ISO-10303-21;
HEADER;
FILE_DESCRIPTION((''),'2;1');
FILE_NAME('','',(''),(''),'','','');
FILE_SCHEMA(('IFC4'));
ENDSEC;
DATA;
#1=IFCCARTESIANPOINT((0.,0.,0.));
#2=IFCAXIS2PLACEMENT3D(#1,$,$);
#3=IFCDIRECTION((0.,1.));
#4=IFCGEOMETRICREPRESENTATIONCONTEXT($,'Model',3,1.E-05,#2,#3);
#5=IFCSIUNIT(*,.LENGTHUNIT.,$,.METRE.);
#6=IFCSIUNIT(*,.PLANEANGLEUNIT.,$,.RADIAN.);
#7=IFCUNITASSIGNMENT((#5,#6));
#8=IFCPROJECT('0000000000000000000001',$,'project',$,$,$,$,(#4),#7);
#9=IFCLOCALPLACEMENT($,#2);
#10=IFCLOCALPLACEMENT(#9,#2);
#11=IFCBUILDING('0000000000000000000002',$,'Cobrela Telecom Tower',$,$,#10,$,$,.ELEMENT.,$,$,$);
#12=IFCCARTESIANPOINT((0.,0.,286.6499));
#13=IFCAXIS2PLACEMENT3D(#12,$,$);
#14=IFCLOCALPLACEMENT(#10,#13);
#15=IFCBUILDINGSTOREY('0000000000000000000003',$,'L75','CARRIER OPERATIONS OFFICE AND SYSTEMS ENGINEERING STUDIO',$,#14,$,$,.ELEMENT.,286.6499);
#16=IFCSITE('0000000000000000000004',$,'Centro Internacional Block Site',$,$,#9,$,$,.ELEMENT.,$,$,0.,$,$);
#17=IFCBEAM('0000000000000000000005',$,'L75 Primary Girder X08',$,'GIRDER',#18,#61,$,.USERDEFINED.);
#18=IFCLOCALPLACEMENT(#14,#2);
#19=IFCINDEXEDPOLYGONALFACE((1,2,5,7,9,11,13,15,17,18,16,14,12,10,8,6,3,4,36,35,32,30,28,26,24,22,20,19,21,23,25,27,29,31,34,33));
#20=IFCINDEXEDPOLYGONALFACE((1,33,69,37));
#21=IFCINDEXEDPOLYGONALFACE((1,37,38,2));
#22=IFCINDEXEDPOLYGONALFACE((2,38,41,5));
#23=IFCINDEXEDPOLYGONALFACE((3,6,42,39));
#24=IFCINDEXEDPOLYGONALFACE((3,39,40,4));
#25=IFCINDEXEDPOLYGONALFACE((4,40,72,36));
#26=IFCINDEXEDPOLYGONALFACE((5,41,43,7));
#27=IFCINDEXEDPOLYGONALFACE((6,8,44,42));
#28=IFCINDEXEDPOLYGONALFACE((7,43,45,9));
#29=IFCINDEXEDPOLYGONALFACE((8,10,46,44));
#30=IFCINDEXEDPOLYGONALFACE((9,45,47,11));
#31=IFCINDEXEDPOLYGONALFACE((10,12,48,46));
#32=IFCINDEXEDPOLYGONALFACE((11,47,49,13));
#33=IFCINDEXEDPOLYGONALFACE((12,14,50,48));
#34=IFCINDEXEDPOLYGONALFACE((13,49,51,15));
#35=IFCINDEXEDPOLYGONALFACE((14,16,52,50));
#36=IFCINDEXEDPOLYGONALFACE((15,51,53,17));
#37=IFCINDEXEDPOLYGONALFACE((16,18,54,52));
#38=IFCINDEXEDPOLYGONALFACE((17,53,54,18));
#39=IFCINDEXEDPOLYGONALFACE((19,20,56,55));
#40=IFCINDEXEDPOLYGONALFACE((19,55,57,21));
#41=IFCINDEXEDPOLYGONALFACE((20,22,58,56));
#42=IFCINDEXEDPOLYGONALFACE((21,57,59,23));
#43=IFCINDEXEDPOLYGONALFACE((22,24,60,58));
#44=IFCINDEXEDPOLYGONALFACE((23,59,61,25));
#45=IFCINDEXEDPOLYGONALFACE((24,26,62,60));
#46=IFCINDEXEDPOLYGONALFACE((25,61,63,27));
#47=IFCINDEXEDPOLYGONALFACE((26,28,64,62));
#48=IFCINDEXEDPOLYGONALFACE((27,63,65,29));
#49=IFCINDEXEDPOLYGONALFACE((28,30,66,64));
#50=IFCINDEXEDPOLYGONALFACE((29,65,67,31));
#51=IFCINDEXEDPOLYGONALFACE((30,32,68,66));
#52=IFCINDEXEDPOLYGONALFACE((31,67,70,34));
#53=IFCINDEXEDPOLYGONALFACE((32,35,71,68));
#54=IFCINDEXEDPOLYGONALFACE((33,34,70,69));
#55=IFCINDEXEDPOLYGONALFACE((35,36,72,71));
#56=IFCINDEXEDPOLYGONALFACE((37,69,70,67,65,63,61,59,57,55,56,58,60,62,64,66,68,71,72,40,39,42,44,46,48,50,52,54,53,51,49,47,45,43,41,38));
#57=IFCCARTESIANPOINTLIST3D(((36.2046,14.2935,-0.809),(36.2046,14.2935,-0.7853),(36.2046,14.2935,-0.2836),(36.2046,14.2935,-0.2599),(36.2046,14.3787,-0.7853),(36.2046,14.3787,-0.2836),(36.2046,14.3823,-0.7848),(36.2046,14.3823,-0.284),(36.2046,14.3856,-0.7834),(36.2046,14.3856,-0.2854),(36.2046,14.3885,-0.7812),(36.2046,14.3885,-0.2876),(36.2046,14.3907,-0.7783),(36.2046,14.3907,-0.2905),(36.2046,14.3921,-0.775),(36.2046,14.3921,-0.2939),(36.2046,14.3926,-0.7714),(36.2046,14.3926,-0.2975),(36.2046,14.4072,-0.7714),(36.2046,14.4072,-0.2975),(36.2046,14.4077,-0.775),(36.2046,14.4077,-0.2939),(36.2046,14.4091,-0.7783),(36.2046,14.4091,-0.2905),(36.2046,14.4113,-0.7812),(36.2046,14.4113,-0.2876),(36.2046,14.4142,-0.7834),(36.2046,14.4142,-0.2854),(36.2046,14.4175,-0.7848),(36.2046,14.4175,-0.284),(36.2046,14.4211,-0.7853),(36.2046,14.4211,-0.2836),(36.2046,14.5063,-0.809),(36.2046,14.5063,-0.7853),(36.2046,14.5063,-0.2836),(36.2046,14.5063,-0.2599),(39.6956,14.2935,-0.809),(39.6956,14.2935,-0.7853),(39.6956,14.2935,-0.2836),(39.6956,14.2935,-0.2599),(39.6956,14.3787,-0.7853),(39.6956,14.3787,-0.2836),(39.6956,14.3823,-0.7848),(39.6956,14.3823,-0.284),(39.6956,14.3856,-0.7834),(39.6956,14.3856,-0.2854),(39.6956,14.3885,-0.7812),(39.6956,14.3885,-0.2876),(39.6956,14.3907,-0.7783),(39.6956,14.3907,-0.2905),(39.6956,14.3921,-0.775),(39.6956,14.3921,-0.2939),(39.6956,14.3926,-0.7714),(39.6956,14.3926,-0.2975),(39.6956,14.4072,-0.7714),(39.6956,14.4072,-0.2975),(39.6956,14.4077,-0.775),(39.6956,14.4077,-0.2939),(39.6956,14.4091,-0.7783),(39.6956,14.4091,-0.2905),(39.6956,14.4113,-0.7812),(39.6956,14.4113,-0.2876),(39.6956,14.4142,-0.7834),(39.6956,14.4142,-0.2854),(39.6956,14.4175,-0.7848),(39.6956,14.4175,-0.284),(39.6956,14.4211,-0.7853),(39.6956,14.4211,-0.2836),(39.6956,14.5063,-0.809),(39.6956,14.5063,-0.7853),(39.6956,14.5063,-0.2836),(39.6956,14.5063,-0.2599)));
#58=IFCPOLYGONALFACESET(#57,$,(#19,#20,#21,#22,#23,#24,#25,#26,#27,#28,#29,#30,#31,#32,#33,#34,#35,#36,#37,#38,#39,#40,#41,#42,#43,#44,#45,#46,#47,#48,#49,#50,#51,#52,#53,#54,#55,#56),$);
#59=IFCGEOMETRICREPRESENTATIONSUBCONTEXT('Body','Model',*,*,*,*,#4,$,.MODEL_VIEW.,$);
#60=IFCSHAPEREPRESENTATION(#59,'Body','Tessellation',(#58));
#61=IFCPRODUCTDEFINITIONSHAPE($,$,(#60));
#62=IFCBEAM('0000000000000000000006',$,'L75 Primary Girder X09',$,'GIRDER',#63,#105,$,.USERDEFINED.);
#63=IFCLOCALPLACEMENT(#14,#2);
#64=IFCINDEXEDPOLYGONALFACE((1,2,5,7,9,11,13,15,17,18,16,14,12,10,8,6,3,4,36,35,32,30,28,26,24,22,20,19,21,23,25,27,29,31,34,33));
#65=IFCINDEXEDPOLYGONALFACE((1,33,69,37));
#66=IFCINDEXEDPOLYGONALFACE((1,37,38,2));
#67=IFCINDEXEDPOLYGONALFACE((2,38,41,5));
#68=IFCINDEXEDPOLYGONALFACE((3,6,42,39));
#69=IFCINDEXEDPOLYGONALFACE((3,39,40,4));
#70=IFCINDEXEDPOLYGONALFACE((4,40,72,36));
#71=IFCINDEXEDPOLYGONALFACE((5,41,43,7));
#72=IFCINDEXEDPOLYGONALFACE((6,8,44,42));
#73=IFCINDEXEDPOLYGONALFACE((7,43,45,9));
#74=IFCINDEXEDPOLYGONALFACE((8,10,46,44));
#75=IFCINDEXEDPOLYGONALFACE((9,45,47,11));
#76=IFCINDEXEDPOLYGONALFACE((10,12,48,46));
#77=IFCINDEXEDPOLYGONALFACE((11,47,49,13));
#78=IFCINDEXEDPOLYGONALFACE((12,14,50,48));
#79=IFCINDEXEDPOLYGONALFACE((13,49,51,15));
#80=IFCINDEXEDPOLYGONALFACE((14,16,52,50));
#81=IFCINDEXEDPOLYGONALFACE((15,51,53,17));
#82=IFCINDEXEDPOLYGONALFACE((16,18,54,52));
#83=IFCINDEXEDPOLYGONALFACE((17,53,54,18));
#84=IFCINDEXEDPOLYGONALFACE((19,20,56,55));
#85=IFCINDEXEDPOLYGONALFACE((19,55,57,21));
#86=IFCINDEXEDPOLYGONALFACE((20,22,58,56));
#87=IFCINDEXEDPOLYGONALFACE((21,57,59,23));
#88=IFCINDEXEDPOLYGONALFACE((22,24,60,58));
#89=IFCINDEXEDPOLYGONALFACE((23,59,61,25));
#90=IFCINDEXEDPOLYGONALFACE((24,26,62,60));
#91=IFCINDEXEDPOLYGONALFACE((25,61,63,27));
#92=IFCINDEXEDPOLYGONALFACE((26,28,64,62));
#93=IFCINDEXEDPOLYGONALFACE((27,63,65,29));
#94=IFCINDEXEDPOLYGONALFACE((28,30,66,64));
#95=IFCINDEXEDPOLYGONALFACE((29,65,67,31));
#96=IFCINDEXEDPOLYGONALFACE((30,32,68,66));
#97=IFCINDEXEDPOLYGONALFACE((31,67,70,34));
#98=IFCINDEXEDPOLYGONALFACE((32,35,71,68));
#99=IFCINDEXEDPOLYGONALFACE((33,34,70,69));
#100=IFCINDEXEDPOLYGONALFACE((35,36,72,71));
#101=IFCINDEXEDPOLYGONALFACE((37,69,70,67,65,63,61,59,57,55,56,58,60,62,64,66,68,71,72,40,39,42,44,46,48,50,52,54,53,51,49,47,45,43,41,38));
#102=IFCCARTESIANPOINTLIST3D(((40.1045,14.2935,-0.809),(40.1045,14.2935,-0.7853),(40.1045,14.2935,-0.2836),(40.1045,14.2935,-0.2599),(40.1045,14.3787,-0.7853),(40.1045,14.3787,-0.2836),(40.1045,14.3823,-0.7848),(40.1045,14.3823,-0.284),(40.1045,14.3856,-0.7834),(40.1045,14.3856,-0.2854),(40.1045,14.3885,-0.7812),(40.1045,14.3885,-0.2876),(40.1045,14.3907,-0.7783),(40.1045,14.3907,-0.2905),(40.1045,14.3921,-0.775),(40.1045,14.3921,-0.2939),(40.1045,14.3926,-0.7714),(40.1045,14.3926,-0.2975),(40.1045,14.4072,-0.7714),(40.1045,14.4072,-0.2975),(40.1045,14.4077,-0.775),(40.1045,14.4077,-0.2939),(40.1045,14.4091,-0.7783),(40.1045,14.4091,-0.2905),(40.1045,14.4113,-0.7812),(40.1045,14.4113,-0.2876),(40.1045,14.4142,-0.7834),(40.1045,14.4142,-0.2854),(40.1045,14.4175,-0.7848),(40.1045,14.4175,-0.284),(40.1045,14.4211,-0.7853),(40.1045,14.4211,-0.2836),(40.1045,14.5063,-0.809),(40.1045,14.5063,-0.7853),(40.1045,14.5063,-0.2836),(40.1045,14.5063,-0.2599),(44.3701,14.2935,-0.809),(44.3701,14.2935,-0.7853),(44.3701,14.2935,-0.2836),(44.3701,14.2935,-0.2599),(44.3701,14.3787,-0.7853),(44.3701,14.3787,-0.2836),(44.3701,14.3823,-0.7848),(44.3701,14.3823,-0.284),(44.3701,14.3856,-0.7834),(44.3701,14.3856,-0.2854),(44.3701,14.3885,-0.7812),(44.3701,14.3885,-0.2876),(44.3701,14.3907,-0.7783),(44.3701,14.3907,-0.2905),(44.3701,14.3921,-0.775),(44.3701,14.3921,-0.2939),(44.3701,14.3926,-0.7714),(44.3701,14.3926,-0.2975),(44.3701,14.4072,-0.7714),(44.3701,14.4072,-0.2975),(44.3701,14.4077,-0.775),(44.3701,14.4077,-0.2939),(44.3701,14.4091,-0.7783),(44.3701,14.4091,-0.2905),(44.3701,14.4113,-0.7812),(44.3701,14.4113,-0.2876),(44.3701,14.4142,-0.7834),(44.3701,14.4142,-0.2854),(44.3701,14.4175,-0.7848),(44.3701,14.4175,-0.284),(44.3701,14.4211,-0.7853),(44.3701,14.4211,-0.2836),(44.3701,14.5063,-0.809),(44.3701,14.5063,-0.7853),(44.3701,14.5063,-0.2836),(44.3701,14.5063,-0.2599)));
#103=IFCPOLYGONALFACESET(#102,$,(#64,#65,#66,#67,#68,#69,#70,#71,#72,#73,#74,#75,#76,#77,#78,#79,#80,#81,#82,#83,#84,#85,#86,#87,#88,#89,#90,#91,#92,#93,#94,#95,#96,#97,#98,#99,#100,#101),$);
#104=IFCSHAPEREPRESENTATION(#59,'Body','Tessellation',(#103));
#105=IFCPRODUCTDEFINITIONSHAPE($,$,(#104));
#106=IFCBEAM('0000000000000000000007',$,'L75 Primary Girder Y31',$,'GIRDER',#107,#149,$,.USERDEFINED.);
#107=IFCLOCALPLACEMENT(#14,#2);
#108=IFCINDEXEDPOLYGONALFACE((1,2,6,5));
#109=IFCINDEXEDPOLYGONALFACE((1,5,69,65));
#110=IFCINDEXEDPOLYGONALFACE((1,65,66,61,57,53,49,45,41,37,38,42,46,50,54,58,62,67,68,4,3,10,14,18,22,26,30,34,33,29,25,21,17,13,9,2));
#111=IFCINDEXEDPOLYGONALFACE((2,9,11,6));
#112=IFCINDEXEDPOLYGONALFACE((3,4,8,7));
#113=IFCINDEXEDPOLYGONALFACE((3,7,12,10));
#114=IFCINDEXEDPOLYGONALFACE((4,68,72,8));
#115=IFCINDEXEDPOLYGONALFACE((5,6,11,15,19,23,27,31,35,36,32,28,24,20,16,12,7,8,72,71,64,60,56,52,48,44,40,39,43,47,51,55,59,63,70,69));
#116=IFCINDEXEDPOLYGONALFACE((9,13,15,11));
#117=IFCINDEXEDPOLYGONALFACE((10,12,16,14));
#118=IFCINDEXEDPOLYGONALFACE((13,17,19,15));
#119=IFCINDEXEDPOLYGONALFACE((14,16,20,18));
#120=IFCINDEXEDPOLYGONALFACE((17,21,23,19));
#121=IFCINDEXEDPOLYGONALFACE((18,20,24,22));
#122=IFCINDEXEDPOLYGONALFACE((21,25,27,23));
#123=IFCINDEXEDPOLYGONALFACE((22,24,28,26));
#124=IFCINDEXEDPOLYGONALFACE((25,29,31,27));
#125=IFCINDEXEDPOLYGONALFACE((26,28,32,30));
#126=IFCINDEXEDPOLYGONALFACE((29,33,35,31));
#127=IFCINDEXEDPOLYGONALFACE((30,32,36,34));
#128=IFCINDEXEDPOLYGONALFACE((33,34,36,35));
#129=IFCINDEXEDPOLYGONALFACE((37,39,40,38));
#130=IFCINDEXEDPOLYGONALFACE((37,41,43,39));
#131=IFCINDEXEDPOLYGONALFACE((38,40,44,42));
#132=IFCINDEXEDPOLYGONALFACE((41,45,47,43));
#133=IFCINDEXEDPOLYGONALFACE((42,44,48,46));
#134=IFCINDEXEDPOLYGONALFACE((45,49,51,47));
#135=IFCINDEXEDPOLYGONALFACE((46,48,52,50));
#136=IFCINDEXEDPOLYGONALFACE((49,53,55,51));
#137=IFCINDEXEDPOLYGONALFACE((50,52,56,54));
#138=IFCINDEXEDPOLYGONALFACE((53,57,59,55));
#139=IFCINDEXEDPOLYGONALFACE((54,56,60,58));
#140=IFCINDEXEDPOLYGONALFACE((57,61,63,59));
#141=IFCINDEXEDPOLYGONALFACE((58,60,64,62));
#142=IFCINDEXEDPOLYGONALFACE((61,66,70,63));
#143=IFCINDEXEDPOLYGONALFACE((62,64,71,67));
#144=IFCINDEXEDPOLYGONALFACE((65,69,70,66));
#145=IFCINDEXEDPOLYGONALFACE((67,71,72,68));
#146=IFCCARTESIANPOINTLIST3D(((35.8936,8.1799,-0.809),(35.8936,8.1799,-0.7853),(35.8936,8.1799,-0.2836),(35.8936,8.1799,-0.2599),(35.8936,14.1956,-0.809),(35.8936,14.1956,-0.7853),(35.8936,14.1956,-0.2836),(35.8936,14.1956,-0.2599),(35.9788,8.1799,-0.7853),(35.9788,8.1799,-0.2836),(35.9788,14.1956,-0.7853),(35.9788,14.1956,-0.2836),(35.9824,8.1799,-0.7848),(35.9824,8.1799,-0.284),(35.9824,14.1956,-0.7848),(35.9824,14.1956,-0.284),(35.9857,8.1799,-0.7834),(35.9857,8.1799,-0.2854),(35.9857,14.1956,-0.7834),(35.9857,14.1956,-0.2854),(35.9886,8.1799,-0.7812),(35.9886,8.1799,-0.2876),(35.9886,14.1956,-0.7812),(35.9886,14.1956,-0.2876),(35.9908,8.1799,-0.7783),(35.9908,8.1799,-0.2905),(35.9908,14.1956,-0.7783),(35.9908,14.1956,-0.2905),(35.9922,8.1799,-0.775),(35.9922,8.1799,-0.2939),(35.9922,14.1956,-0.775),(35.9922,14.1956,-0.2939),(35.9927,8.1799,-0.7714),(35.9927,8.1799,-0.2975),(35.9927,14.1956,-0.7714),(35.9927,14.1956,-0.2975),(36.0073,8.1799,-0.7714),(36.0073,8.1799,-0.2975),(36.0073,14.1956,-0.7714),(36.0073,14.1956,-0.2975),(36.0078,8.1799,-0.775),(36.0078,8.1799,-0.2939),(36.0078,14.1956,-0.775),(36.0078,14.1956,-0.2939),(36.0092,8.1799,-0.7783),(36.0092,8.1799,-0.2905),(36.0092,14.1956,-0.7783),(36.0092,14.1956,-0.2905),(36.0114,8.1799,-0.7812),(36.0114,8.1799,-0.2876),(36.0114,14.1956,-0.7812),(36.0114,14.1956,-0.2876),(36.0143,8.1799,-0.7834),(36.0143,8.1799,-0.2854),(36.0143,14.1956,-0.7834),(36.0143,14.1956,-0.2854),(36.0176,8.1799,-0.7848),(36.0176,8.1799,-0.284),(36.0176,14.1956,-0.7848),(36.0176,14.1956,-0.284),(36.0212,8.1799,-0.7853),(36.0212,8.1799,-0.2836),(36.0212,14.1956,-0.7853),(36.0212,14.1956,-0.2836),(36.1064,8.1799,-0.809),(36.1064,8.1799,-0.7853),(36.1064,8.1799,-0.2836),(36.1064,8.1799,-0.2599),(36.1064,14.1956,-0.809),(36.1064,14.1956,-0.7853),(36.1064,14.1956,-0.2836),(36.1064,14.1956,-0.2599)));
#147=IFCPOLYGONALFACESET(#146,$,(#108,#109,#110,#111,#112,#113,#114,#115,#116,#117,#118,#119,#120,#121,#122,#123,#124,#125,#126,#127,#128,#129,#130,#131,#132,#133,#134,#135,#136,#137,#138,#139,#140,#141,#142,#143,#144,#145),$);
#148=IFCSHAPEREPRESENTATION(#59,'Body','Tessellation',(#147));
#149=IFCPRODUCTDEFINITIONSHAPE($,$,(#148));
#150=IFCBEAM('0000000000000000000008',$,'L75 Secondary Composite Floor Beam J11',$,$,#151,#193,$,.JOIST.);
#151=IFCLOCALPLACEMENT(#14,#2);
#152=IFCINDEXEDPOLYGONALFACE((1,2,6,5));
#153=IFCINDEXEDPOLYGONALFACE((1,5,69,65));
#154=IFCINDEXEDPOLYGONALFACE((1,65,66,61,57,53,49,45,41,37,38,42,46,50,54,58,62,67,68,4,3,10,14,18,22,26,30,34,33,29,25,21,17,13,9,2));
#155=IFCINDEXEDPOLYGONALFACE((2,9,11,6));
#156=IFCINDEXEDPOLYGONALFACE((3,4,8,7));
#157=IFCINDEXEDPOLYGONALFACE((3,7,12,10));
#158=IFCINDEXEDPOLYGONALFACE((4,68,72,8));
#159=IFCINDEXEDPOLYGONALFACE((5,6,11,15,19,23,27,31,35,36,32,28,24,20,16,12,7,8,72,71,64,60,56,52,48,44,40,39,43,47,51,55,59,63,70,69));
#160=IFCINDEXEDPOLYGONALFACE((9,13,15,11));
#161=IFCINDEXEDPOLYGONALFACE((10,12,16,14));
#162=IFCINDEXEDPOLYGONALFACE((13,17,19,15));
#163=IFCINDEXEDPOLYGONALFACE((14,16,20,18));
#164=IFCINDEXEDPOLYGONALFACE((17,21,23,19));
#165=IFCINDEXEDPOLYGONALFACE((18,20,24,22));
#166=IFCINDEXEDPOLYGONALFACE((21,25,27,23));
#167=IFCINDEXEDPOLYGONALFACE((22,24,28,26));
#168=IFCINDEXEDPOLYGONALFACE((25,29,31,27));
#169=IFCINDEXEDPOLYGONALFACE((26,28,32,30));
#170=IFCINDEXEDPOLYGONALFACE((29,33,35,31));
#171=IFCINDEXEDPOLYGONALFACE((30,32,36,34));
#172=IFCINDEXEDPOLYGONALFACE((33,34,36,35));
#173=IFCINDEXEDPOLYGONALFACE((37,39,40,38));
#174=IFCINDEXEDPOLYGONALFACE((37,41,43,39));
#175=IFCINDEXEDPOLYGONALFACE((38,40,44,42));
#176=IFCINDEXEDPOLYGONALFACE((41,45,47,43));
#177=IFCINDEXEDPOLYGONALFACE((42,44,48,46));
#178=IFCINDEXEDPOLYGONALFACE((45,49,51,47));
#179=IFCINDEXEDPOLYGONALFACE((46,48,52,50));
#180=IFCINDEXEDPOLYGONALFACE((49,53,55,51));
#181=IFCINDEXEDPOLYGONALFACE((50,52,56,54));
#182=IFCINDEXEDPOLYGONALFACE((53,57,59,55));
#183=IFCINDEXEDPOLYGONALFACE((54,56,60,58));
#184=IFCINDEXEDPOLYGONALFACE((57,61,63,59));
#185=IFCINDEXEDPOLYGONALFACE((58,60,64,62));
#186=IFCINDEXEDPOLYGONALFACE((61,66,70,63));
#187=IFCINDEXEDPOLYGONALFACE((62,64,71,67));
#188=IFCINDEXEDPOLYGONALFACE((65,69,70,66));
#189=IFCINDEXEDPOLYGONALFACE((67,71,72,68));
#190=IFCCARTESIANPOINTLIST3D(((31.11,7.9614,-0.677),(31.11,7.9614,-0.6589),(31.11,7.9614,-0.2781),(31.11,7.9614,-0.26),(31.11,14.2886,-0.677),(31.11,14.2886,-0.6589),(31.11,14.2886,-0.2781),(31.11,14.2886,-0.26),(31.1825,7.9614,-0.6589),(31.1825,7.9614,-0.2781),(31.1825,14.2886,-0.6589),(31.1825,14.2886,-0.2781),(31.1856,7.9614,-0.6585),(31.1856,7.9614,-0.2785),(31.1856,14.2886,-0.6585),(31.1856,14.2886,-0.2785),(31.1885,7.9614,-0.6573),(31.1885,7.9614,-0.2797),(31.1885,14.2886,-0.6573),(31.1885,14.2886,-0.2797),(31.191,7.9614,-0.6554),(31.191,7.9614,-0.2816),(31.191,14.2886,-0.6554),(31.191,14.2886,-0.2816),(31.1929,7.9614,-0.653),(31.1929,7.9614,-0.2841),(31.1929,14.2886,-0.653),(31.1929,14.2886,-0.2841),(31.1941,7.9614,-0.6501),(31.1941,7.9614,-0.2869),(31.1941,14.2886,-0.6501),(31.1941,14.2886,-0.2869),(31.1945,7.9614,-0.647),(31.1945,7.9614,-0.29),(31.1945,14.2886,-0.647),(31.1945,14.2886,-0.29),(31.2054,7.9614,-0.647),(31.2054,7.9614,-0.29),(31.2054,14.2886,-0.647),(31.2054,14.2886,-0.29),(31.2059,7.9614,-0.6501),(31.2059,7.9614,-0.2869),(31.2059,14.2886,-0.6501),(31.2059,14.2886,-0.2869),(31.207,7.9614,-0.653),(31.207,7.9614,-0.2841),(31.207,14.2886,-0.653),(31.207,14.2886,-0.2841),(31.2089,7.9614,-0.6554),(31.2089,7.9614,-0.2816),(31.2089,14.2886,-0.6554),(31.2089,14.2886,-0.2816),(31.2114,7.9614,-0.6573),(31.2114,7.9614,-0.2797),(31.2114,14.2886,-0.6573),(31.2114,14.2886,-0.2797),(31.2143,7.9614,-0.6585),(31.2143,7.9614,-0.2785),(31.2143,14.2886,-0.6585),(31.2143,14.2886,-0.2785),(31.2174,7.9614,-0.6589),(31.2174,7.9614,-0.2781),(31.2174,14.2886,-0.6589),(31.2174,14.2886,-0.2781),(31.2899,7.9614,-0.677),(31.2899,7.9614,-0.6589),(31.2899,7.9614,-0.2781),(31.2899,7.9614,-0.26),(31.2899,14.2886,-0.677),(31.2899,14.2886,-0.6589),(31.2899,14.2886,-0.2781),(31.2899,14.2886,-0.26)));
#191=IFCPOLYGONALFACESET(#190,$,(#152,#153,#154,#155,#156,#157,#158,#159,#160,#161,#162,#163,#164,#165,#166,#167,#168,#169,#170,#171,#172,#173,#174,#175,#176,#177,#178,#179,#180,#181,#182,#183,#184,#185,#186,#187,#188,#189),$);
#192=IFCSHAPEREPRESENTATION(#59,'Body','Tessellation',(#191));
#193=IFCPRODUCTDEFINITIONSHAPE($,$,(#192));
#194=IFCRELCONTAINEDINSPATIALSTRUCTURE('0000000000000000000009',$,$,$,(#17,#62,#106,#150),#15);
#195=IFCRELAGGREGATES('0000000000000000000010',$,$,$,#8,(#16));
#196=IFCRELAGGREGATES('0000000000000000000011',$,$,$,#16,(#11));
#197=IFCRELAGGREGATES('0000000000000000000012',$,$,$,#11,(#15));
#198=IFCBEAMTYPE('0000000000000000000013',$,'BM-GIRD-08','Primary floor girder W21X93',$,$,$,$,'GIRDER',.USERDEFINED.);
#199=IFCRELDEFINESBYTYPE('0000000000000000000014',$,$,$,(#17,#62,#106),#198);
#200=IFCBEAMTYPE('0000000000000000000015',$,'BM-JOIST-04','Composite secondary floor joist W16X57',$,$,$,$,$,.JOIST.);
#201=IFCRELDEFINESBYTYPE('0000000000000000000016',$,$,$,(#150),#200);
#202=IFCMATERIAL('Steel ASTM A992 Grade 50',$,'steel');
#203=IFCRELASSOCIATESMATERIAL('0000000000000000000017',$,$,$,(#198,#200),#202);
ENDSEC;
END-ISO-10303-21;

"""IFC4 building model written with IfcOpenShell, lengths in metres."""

from ifc_helpers import new_model, si_unit, direction, frame, origin, origin_2d, place, context, subcontext, project, spatial, i_section, extrude, material, material_profile, profile_set, type_object, element, save


model = new_model("IFC4")

# Units and contexts
model_context = context("Model", 3, precision=1e-05, world=origin(), true_north=direction((0.0, 1.0)))
body_context = subcontext(model_context, "Body", "Model", "MODEL_VIEW")
ifc_project = project(units=[si_unit("LENGTHUNIT", "METRE"), si_unit("PLANEANGLEUNIT", "RADIAN")], contexts=[model_context])

# Site, building, storey
site_placement = place(None, origin())
site = spatial("IfcSite", under=ifc_project, at=site_placement, Name="Centro Internacional Block Site", CompositionType="ELEMENT", RefElevation=0.0)
building_placement = place(site_placement, origin())
building = spatial("IfcBuilding", under=site, at=building_placement, Name="Cobrela Telecom Tower", CompositionType="ELEMENT")
storey_placement = place(building_placement, frame((0.0, 0.0, 286.6499)))
storey = spatial("IfcBuildingStorey", under=building, at=storey_placement, Name="L75", Description="CARRIER OPERATIONS OFFICE AND SYSTEMS ENGINEERING STUDIO", CompositionType="ELEMENT", Elevation=286.6499)

# Shared definitions
ifc_material_1 = material(Name="Steel ASTM A992 Grade 50", Category="steel")

# Beams
ifc_material_profile_1 = material_profile(ifc_material_1, i_section(OverallWidth=0.2129, OverallDepth=0.5491, WebThickness=0.0146, FlangeThickness=0.0237, FilletRadius=0.0139, at=origin_2d()), Name="W21X93")
ifc_profile_set_1 = profile_set([ifc_material_profile_1], Name="Steel ASTM A992 Grade 50")
beam_type_1 = type_object("IfcBeamType", Name="BM-GIRD-08", Description="Primary floor girder W21X93", ElementType="GIRDER", PredefinedType="USERDEFINED", material=ifc_profile_set_1)
beam_1_placement = place(storey_placement, frame((36.2046, 14.3999, -0.5344), z_axis=(1.0, 0.0, 0.0), x_axis=(0.0, 1.0, 0.0)))
element("IfcBeam", 1, at=beam_1_placement, inside=storey, type_object=beam_type_1, Name="L75 Primary Girder X08", ObjectType="GIRDER", PredefinedType="USERDEFINED", context=body_context, shape_type="SweptSolid", body=[
    extrude(i_section(OverallWidth=0.2129, OverallDepth=0.5491, WebThickness=0.0146, FlangeThickness=0.0237, FilletRadius=0.0139, at=origin_2d()), origin(), (0.0, 0.0, 1.0), 3.491),
])
beam_2_placement = place(storey_placement, frame((40.1045, 14.3999, -0.5344), z_axis=(1.0, 0.0, 0.0), x_axis=(0.0, 1.0, 0.0)))
element("IfcBeam", 2, at=beam_2_placement, inside=storey, type_object=beam_type_1, Name="L75 Primary Girder X09", ObjectType="GIRDER", PredefinedType="USERDEFINED", context=body_context, shape_type="SweptSolid", body=[
    extrude(i_section(OverallWidth=0.2129, OverallDepth=0.5491, WebThickness=0.0146, FlangeThickness=0.0237, FilletRadius=0.0139, at=origin_2d()), origin(), (0.0, 0.0, 1.0), 4.2656),
])
beam_3_placement = place(storey_placement, frame((36.0, 8.1799, -0.5344), z_axis=(0.0, 1.0, 0.0), x_axis=(-1.0, 0.0, 0.0)))
element("IfcBeam", 3, at=beam_3_placement, inside=storey, type_object=beam_type_1, Name="L75 Primary Girder Y31", ObjectType="GIRDER", PredefinedType="USERDEFINED", context=body_context, shape_type="SweptSolid", body=[
    extrude(i_section(OverallWidth=0.2129, OverallDepth=0.5491, WebThickness=0.0146, FlangeThickness=0.0237, FilletRadius=0.0139, at=origin_2d()), origin(), (0.0, 0.0, 1.0), 6.0156),
])
ifc_material_profile_2 = material_profile(ifc_material_1, i_section(OverallWidth=0.1799, OverallDepth=0.417, WebThickness=0.011, FlangeThickness=0.0181, FilletRadius=0.012, at=origin_2d()), Name="W16X57")
ifc_profile_set_2 = profile_set([ifc_material_profile_2], Name="Steel ASTM A992 Grade 50")
beam_type_2 = type_object("IfcBeamType", Name="BM-JOIST-04", Description="Composite secondary floor joist W16X57", PredefinedType="JOIST", material=ifc_profile_set_2)
beam_4_placement = place(storey_placement, frame((31.2, 7.9614, -0.4685), z_axis=(0.0, 1.0, 0.0), x_axis=(-1.0, 0.0, 0.0)))
element("IfcBeam", 4, at=beam_4_placement, inside=storey, type_object=beam_type_2, Name="L75 Secondary Composite Floor Beam J11", PredefinedType="JOIST", context=body_context, shape_type="SweptSolid", body=[
    extrude(i_section(OverallWidth=0.1799, OverallDepth=0.417, WebThickness=0.011, FlangeThickness=0.0181, FilletRadius=0.012, at=origin_2d()), origin(), (0.0, 0.0, 1.0), 6.3271),
])

save(model, "model.ifc")
